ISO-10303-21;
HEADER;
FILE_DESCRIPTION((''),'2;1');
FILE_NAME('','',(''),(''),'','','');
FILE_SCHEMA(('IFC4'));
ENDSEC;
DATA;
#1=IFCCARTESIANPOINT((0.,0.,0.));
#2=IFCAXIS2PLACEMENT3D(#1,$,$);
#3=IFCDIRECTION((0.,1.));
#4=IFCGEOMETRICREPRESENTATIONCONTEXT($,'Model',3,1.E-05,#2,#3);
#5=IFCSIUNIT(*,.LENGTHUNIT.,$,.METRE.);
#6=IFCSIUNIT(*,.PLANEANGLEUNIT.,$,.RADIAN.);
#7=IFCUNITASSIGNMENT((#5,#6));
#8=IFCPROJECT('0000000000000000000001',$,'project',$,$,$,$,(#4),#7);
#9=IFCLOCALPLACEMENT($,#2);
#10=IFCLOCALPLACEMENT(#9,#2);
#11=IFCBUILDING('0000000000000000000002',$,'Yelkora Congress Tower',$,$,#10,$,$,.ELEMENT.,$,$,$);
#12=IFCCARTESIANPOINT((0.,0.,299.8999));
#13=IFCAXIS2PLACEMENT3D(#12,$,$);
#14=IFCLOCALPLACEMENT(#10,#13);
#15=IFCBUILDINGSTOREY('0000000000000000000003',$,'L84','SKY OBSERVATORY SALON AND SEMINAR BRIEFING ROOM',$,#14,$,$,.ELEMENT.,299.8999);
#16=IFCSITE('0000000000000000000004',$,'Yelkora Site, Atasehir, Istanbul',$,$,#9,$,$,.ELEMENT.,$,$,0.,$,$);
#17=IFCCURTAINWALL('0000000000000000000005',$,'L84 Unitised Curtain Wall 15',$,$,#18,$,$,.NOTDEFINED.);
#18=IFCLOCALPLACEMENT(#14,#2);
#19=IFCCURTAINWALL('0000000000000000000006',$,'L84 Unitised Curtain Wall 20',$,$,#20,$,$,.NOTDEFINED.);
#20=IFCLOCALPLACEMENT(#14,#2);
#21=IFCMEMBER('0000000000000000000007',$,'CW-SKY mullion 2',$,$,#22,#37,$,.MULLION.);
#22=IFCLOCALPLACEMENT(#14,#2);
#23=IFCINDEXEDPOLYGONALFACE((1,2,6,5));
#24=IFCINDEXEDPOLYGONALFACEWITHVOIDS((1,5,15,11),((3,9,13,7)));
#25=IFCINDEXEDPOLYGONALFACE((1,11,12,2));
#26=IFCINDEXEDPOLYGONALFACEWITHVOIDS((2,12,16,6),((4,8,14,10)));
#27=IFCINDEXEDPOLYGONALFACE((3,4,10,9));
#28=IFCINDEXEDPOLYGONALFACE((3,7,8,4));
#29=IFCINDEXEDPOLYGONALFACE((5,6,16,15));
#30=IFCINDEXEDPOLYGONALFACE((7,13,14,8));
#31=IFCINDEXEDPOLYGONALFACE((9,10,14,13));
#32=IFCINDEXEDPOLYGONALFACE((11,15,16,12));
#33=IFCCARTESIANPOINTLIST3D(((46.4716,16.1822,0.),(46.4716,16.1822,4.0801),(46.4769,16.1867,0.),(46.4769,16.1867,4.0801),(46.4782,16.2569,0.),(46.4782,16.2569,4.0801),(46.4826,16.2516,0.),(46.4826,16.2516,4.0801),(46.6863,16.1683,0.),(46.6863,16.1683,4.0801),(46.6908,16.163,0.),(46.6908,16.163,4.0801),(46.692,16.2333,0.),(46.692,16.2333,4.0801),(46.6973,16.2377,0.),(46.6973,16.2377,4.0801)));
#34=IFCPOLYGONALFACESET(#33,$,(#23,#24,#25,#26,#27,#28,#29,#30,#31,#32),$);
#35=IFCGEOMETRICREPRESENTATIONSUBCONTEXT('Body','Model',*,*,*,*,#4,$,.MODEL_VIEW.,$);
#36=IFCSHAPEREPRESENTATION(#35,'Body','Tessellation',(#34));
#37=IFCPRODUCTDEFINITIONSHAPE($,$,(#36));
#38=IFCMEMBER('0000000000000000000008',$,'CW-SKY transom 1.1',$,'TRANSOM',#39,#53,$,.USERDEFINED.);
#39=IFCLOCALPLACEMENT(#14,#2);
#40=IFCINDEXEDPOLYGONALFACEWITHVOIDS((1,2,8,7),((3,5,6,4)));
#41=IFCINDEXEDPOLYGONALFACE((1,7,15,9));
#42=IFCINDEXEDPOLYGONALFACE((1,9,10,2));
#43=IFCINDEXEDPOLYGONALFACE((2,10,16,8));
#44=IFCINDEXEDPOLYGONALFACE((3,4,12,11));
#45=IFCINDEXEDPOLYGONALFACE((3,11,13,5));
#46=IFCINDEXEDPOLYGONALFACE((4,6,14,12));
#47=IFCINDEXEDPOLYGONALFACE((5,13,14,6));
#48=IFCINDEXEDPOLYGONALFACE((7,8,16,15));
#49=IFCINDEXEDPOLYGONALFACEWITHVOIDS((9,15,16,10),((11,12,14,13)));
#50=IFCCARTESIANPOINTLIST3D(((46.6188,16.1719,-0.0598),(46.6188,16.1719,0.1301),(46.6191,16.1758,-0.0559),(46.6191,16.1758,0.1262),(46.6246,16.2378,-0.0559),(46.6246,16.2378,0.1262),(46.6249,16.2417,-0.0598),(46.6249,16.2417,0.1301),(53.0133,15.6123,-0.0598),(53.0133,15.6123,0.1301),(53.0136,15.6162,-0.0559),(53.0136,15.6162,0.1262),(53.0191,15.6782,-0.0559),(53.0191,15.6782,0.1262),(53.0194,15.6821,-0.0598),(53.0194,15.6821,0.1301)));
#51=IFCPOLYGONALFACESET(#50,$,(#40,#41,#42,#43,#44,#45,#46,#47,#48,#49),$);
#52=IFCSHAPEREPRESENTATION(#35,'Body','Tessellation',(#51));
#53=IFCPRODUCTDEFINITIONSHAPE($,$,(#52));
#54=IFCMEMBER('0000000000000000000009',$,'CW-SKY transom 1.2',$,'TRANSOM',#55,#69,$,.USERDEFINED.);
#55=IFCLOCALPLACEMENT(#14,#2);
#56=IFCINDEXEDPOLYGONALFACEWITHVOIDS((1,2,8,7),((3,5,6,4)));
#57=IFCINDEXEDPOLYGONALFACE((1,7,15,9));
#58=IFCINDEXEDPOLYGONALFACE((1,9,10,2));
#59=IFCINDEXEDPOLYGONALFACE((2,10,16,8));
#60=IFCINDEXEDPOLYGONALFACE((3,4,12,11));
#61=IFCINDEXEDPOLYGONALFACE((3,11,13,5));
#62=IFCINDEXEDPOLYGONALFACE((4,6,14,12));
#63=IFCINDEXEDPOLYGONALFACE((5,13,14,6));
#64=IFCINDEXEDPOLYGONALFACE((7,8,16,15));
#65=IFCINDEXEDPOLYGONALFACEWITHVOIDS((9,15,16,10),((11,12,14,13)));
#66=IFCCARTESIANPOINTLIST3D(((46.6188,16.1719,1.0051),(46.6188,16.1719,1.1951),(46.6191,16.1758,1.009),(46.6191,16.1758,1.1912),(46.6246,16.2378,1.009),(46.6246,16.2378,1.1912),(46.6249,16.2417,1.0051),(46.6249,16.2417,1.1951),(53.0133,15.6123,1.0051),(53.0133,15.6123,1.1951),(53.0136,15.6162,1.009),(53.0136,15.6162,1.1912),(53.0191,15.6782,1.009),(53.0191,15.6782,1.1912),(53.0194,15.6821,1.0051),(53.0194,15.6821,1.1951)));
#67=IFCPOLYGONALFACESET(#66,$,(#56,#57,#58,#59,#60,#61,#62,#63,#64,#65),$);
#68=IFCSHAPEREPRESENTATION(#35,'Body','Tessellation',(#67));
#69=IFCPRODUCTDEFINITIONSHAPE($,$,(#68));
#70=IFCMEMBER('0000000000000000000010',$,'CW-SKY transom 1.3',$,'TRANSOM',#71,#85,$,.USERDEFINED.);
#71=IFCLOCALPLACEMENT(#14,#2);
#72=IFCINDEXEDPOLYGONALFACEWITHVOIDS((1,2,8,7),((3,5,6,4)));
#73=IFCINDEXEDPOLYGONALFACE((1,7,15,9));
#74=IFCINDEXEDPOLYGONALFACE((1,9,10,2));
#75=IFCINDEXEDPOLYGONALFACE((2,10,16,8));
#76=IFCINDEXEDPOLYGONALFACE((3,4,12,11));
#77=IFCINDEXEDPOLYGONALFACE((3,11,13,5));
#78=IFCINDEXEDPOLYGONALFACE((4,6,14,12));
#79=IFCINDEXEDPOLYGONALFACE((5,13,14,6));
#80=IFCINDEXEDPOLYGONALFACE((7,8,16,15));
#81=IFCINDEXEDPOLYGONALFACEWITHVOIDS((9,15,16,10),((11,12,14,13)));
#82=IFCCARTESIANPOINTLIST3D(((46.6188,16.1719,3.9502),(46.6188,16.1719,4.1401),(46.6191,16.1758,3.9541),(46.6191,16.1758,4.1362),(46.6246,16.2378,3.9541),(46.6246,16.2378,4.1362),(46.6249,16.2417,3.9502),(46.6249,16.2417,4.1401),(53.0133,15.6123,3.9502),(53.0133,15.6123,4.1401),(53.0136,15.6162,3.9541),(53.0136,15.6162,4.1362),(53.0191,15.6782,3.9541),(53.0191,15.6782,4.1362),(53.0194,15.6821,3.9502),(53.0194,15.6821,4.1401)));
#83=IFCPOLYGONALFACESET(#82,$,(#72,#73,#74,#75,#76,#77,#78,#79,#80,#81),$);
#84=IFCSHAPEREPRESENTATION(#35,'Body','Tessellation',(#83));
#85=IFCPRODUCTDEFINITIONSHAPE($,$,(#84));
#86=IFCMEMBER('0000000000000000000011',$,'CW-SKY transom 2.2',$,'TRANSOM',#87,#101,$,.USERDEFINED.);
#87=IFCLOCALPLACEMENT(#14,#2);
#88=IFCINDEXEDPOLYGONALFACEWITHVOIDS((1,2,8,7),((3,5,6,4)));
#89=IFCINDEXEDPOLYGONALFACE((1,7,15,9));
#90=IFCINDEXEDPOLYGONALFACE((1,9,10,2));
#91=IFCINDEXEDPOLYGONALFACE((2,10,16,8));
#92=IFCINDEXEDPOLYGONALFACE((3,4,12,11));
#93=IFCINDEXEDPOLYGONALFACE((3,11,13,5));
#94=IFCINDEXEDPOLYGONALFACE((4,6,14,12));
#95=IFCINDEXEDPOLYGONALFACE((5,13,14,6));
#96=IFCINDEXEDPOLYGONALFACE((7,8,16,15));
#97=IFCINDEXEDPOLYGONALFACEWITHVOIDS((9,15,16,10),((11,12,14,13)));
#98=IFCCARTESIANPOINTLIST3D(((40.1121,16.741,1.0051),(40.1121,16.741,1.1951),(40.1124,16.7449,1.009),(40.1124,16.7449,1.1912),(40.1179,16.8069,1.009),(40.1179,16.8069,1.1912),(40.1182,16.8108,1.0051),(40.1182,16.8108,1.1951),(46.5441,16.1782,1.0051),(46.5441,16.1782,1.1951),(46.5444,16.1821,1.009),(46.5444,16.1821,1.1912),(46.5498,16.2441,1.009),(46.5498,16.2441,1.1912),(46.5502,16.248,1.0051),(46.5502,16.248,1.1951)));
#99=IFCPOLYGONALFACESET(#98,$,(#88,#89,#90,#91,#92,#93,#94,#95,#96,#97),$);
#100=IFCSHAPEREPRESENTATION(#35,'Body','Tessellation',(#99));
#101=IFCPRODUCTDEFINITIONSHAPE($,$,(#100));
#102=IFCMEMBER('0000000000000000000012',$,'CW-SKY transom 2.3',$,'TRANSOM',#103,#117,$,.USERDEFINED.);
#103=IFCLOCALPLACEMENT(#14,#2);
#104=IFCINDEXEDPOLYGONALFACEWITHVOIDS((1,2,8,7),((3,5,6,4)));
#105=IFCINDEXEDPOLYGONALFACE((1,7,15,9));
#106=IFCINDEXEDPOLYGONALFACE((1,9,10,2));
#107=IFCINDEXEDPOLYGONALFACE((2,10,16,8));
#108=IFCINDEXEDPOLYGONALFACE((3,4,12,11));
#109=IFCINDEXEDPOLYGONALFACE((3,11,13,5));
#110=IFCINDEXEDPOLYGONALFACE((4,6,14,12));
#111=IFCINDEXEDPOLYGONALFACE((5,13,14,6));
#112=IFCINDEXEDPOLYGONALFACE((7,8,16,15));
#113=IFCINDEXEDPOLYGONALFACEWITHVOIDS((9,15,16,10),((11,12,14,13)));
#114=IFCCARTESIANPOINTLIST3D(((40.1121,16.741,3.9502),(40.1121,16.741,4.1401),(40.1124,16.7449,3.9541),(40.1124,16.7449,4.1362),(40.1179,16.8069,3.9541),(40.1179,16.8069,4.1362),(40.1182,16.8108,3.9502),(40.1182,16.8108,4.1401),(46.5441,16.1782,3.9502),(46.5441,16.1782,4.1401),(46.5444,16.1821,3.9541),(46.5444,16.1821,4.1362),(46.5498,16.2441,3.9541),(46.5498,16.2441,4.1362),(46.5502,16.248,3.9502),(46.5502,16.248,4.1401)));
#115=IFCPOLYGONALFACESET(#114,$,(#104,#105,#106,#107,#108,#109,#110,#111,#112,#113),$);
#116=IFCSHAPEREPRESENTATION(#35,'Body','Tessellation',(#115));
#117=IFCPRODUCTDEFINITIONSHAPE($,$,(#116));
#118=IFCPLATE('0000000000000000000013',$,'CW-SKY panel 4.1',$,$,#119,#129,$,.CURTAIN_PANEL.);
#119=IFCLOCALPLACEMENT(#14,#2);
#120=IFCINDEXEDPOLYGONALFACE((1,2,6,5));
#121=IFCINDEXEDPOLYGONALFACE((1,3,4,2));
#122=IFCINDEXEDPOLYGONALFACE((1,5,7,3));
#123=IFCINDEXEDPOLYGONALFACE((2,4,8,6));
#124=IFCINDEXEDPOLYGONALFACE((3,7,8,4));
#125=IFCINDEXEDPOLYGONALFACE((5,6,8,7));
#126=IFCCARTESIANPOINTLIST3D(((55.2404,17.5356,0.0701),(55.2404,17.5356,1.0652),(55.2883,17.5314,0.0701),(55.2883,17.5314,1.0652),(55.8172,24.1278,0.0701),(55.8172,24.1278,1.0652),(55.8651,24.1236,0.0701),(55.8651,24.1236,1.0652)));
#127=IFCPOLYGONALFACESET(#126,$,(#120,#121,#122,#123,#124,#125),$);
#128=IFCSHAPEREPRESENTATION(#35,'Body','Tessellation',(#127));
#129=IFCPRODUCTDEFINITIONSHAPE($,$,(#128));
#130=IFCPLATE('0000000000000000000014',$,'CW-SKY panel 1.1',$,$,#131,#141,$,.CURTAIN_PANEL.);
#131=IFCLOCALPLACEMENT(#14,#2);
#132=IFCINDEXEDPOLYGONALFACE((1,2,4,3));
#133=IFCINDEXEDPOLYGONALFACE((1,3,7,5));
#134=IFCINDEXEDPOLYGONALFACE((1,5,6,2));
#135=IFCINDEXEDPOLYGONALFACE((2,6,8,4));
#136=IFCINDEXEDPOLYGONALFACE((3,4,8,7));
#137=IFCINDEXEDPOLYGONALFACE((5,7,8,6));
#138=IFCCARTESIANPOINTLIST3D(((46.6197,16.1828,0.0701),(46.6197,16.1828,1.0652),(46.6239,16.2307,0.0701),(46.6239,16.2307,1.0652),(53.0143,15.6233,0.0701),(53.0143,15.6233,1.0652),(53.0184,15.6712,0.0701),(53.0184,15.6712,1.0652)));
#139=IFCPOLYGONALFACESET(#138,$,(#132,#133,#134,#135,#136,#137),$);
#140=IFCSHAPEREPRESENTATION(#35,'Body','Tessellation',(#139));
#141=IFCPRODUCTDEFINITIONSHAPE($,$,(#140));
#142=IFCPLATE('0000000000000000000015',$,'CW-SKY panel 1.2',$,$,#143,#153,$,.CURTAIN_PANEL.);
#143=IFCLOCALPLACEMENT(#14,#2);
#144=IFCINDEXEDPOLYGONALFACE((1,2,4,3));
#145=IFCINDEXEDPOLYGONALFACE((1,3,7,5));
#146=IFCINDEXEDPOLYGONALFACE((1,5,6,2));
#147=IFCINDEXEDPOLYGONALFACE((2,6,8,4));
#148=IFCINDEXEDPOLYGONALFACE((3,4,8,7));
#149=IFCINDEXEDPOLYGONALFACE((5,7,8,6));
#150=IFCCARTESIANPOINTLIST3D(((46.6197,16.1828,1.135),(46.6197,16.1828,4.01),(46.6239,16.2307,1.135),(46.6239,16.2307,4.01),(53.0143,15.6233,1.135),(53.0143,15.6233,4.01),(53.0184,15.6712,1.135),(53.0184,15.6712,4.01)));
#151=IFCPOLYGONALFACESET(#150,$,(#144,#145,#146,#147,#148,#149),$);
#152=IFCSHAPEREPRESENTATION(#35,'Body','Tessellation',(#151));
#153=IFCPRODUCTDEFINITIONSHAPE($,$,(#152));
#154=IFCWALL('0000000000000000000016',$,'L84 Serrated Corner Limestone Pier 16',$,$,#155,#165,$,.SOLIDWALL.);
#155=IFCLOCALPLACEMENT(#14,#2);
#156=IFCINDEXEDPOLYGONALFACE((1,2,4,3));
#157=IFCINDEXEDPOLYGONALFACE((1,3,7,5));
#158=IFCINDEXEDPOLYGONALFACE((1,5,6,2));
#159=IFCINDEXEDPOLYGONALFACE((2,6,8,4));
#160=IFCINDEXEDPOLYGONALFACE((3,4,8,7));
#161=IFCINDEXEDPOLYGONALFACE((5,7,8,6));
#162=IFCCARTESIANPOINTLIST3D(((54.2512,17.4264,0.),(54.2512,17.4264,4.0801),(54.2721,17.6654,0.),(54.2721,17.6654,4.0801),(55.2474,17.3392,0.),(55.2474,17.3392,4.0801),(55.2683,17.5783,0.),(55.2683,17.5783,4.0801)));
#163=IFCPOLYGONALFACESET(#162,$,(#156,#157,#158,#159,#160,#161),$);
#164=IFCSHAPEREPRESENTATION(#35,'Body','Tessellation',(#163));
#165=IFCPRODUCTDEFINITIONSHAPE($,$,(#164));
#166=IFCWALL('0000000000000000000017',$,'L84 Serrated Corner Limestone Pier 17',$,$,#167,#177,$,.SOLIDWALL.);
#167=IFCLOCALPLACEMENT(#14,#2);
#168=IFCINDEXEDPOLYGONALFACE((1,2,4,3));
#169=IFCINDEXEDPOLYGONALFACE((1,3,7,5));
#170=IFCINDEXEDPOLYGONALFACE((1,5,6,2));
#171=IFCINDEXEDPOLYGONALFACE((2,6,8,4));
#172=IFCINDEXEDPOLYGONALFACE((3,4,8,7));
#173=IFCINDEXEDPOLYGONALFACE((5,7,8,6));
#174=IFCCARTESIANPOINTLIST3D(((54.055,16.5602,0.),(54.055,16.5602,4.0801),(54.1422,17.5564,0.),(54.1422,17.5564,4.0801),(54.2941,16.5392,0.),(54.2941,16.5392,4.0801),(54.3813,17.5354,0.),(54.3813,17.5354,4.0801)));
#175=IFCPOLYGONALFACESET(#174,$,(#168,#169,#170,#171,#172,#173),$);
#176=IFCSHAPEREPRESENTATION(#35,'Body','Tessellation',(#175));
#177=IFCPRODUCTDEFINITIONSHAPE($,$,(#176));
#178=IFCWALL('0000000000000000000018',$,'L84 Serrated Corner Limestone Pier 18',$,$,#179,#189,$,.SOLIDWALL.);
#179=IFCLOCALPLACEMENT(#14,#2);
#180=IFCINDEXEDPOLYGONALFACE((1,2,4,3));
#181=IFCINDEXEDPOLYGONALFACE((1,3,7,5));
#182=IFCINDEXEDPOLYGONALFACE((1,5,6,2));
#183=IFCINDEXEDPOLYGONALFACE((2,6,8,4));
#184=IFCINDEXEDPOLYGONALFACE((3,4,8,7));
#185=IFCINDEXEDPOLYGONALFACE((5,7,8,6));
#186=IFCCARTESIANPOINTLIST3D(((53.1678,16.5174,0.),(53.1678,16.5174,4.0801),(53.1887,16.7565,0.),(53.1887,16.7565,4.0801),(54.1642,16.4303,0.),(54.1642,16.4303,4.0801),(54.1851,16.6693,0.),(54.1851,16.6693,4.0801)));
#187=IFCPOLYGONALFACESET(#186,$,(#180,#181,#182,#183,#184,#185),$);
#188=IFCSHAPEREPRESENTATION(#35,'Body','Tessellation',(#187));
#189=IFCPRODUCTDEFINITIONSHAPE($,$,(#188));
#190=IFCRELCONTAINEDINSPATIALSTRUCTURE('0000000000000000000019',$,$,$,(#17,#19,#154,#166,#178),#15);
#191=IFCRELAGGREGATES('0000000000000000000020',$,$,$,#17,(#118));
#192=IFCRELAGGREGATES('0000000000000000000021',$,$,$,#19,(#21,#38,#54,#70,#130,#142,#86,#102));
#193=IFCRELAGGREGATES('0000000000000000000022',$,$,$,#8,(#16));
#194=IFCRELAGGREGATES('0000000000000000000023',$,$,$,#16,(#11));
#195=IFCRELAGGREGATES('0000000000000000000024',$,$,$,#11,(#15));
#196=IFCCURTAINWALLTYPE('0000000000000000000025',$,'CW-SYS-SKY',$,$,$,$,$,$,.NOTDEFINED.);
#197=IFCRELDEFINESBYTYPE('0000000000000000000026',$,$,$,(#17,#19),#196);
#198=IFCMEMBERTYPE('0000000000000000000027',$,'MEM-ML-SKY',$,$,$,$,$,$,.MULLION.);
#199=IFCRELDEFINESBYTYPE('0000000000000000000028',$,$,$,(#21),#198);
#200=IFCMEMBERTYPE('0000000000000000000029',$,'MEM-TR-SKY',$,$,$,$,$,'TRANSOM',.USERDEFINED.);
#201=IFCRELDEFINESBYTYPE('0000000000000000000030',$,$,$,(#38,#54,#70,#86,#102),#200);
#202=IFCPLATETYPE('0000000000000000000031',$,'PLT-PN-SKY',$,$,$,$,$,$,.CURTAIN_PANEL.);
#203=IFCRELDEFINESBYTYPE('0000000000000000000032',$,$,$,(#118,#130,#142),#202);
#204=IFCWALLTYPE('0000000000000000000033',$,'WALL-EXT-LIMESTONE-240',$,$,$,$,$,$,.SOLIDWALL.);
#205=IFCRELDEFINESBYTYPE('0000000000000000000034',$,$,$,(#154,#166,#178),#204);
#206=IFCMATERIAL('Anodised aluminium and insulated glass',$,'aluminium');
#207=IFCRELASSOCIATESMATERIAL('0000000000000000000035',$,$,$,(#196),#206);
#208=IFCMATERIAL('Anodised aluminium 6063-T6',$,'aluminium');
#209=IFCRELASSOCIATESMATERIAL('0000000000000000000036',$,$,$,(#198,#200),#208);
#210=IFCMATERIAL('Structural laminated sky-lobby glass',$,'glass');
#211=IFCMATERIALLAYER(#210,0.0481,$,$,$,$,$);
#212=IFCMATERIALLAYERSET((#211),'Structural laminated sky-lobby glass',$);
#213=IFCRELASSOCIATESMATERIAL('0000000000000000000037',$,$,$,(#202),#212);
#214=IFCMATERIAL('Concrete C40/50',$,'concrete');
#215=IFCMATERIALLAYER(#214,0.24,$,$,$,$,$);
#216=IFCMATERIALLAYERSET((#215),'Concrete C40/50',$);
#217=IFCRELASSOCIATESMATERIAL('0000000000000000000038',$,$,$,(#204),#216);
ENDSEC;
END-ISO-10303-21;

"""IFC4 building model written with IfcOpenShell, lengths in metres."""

from ifc_helpers import new_model, si_unit, direction, frame, frame_2d, origin, origin_2d, place, context, subcontext, project, spatial, rectangle, hollow_rectangle, extrude, material, layer, layer_set, material_profile, profile_set, type_object, element, aggregate, save


model = new_model("IFC4")

# Units and contexts
model_context = context("Model", 3, precision=1e-05, world=origin(), true_north=direction((0.0, 1.0)))
body_context = subcontext(model_context, "Body", "Model", "MODEL_VIEW")
ifc_project = project(units=[si_unit("LENGTHUNIT", "METRE"), si_unit("PLANEANGLEUNIT", "RADIAN")], contexts=[model_context])

# Site, building, storey
site_placement = place(None, origin())
site = spatial("IfcSite", under=ifc_project, at=site_placement, Name="Yelkora Site, Atasehir, Istanbul", CompositionType="ELEMENT", RefElevation=0.0)
building_placement = place(site_placement, origin())
building = spatial("IfcBuilding", under=site, at=building_placement, Name="Yelkora Congress Tower", CompositionType="ELEMENT")
storey_placement = place(building_placement, frame((0.0, 0.0, 299.8999)))
storey = spatial("IfcBuildingStorey", under=building, at=storey_placement, Name="L84", Description="SKY OBSERVATORY SALON AND SEMINAR BRIEFING ROOM", CompositionType="ELEMENT", Elevation=299.8999)

# Curtain wall
ifc_material_1 = material(Name="Anodised aluminium and insulated glass", Category="aluminium")
curtain_wall_type = type_object("IfcCurtainWallType", Name="CW-SYS-SKY", PredefinedType="NOTDEFINED", material=ifc_material_1)
curtain_wall_1_placement = place(storey_placement, origin())
curtain_wall_1 = element("IfcCurtainWall", 1, at=curtain_wall_1_placement, inside=storey, type_object=curtain_wall_type, Name="L84 Unitised Curtain Wall 15", PredefinedType="NOTDEFINED")
ifc_material_2 = material(Name="Anodised aluminium 6063-T6", Category="aluminium")
ifc_material_profile_1 = material_profile(ifc_material_2, hollow_rectangle(XDim=0.075, YDim=0.22, WallThickness=0.0049, at=origin_2d()), Name="ALU 75x220x5")
ifc_profile_set_1 = profile_set([ifc_material_profile_1], Name="Anodised aluminium 6063-T6")
member_type_1 = type_object("IfcMemberType", Name="MEM-ML-SKY", PredefinedType="MULLION", material=ifc_profile_set_1)

# Curtain wall, members
curtain_wall_2_placement = place(storey_placement, origin())
curtain_wall_2 = element("IfcCurtainWall", 2, at=curtain_wall_2_placement, inside=storey, type_object=curtain_wall_type, Name="L84 Unitised Curtain Wall 20", PredefinedType="NOTDEFINED")
member_1_placement = place(storey_placement, frame((46.5845, 16.21, 0.0), z_axis=(0.0, 0.0, 1.0), x_axis=(-0.087157, -0.996195, 0.0)))
member_1 = element("IfcMember", 3, at=member_1_placement, type_object=member_type_1, Name="CW-SKY mullion 2", PredefinedType="MULLION", context=body_context, shape_type="SweptSolid", body=[
    extrude(hollow_rectangle(XDim=0.075, YDim=0.22, WallThickness=0.0049, at=origin_2d()), origin(), (0.0, 0.0, 1.0), 4.0801),
])
ifc_material_profile_2 = material_profile(ifc_material_2, hollow_rectangle(XDim=0.0701, YDim=0.1899, WallThickness=0.0039, at=origin_2d()), Name="ALU 70x190x4")
ifc_profile_set_2 = profile_set([ifc_material_profile_2], Name="Anodised aluminium 6063-T6")
member_type_2 = type_object("IfcMemberType", Name="MEM-TR-SKY", ElementType="TRANSOM", PredefinedType="USERDEFINED", material=ifc_profile_set_2)
member_2_placement = place(storey_placement, frame((53.0164, 15.6472, 0.0352), z_axis=(-0.996193, 0.087174, 0.0), x_axis=(-0.087174, -0.996193, 0.0)))
member_2 = element("IfcMember", 4, at=member_2_placement, type_object=member_type_2, Name="CW-SKY transom 1.1", ObjectType="TRANSOM", PredefinedType="USERDEFINED", context=body_context, shape_type="SweptSolid", body=[
    extrude(hollow_rectangle(XDim=0.0701, YDim=0.1899, WallThickness=0.0039, at=origin_2d()), origin(), (0.0, 0.0, 1.0), 6.4189),
])
member_3_placement = place(storey_placement, frame((53.0164, 15.6472, 1.1001), z_axis=(-0.996193, 0.087174, 0.0), x_axis=(-0.087174, -0.996193, 0.0)))
member_3 = element("IfcMember", 5, at=member_3_placement, type_object=member_type_2, Name="CW-SKY transom 1.2", ObjectType="TRANSOM", PredefinedType="USERDEFINED", context=body_context, shape_type="SweptSolid", body=[
    extrude(hollow_rectangle(XDim=0.0701, YDim=0.1899, WallThickness=0.0039, at=origin_2d()), origin(), (0.0, 0.0, 1.0), 6.4189),
])
member_4_placement = place(storey_placement, frame((53.0164, 15.6472, 4.0452), z_axis=(-0.996193, 0.087174, 0.0), x_axis=(-0.087174, -0.996193, 0.0)))
member_4 = element("IfcMember", 6, at=member_4_placement, type_object=member_type_2, Name="CW-SKY transom 1.3", ObjectType="TRANSOM", PredefinedType="USERDEFINED", context=body_context, shape_type="SweptSolid", body=[
    extrude(hollow_rectangle(XDim=0.0701, YDim=0.1899, WallThickness=0.0039, at=origin_2d()), origin(), (0.0, 0.0, 1.0), 6.4189),
])
member_5_placement = place(storey_placement, frame((46.5471, 16.2131, 1.1001), z_axis=(-0.996194, 0.08716, 0.0), x_axis=(-0.08716, -0.996194, 0.0)))
member_5 = element("IfcMember", 7, at=member_5_placement, type_object=member_type_2, Name="CW-SKY transom 2.2", ObjectType="TRANSOM", PredefinedType="USERDEFINED", context=body_context, shape_type="SweptSolid", body=[
    extrude(hollow_rectangle(XDim=0.0701, YDim=0.1899, WallThickness=0.0039, at=origin_2d()), origin(), (0.0, 0.0, 1.0), 6.4565),
])
member_6_placement = place(storey_placement, frame((46.5471, 16.2131, 4.0452), z_axis=(-0.996194, 0.08716, 0.0), x_axis=(-0.08716, -0.996194, 0.0)))
member_6 = element("IfcMember", 8, at=member_6_placement, type_object=member_type_2, Name="CW-SKY transom 2.3", ObjectType="TRANSOM", PredefinedType="USERDEFINED", context=body_context, shape_type="SweptSolid", body=[
    extrude(hollow_rectangle(XDim=0.0701, YDim=0.1899, WallThickness=0.0039, at=origin_2d()), origin(), (0.0, 0.0, 1.0), 6.4565),
])

# Plates
ifc_material_3 = material(Name="Structural laminated sky-lobby glass", Category="glass")
ifc_layer_1 = layer(ifc_material_3, 0.0481)
ifc_layer_set_1 = layer_set([ifc_layer_1], Name="Structural laminated sky-lobby glass")
plate_type = type_object("IfcPlateType", Name="PLT-PN-SKY", PredefinedType="CURTAIN_PANEL", material=ifc_layer_set_1)
plate_1_placement = place(storey_placement, frame((55.5527, 20.8296, 0.0701), z_axis=(0.0, 0.0, 1.0), x_axis=(-0.087158, -0.996194, 0.0)))
plate_1 = element("IfcPlate", 9, at=plate_1_placement, type_object=plate_type, Name="CW-SKY panel 4.1", PredefinedType="CURTAIN_PANEL", context=body_context, shape_type="SweptSolid", body=[
    extrude(rectangle(XDim=6.6174, YDim=0.0481, at=origin_2d()), origin(), (0.0, 0.0, 1.0), 0.9951),
])
aggregate(curtain_wall_1, [plate_1])
plate_2_placement = place(storey_placement, frame((49.8191, 15.927, 0.0701), z_axis=(0.0, 0.0, 1.0), x_axis=(-0.996195, 0.087157, 0.0)))
plate_2 = element("IfcPlate", 10, at=plate_2_placement, type_object=plate_type, Name="CW-SKY panel 1.1", PredefinedType="CURTAIN_PANEL", context=body_context, shape_type="SweptSolid", body=[
    extrude(rectangle(XDim=6.4189, YDim=0.0481, at=origin_2d()), origin(), (0.0, 0.0, 1.0), 0.9951),
])
plate_3_placement = place(storey_placement, frame((49.8191, 15.927, 1.135), z_axis=(0.0, 0.0, 1.0), x_axis=(-0.996195, 0.087157, 0.0)))
plate_3 = element("IfcPlate", 11, at=plate_3_placement, type_object=plate_type, Name="CW-SKY panel 1.2", PredefinedType="CURTAIN_PANEL", context=body_context, shape_type="SweptSolid", body=[
    extrude(rectangle(XDim=6.4189, YDim=0.0481, at=origin_2d()), origin(), (0.0, 0.0, 1.0), 2.875),
])
aggregate(curtain_wall_2, [member_1, member_2, member_3, member_4, plate_2, plate_3, member_5, member_6])

# Walls
ifc_material_4 = material(Name="Concrete C40/50", Category="concrete")
ifc_layer_2 = layer(ifc_material_4, 0.24)
ifc_layer_set_2 = layer_set([ifc_layer_2], Name="Concrete C40/50")
wall_type = type_object("IfcWallType", Name="WALL-EXT-LIMESTONE-240", PredefinedType="SOLIDWALL", material=ifc_layer_set_2)
for number, where, z_axis, x_axis, name in (
    (12, (55.2578, 17.4587, 0.0), (0.0, 0.0, 1.0), (-0.996194, 0.087167, 0.0), "L84 Serrated Corner Limestone Pier 16"),
    (13, (54.2617, 17.5459, 0.0), (0.0, 0.0, 1.0), (-0.087167, -0.996194, 0.0), "L84 Serrated Corner Limestone Pier 17"),
):
    element("IfcWall", number, at=place(storey_placement, frame(where, z_axis=z_axis, x_axis=x_axis)), inside=storey, type_object=wall_type, Name=name, PredefinedType="SOLIDWALL", context=body_context, shape_type="SweptSolid", body=[
        extrude(rectangle(XDim=1.0, YDim=0.24, at=frame_2d((0.5, 0.0))), origin(), (0.0, 0.0, 1.0), 4.0801),
    ])
for number, where, z_axis, x_axis, name in (
    (14, (54.1746, 16.5498, 0.0), (0.0, 0.0, 1.0), (-0.996196, 0.087146, 0.0), "L84 Serrated Corner Limestone Pier 18"),
):
    element("IfcWall", number, at=place(storey_placement, frame(where, z_axis=z_axis, x_axis=x_axis)), inside=storey, type_object=wall_type, Name=name, PredefinedType="SOLIDWALL", context=body_context, shape_type="SweptSolid", body=[
        extrude(rectangle(XDim=1.0002, YDim=0.24, at=frame_2d((0.5, 0.0))), origin(), (0.0, 0.0, 1.0), 4.0801),
    ])

save(model, "model.ifc")
